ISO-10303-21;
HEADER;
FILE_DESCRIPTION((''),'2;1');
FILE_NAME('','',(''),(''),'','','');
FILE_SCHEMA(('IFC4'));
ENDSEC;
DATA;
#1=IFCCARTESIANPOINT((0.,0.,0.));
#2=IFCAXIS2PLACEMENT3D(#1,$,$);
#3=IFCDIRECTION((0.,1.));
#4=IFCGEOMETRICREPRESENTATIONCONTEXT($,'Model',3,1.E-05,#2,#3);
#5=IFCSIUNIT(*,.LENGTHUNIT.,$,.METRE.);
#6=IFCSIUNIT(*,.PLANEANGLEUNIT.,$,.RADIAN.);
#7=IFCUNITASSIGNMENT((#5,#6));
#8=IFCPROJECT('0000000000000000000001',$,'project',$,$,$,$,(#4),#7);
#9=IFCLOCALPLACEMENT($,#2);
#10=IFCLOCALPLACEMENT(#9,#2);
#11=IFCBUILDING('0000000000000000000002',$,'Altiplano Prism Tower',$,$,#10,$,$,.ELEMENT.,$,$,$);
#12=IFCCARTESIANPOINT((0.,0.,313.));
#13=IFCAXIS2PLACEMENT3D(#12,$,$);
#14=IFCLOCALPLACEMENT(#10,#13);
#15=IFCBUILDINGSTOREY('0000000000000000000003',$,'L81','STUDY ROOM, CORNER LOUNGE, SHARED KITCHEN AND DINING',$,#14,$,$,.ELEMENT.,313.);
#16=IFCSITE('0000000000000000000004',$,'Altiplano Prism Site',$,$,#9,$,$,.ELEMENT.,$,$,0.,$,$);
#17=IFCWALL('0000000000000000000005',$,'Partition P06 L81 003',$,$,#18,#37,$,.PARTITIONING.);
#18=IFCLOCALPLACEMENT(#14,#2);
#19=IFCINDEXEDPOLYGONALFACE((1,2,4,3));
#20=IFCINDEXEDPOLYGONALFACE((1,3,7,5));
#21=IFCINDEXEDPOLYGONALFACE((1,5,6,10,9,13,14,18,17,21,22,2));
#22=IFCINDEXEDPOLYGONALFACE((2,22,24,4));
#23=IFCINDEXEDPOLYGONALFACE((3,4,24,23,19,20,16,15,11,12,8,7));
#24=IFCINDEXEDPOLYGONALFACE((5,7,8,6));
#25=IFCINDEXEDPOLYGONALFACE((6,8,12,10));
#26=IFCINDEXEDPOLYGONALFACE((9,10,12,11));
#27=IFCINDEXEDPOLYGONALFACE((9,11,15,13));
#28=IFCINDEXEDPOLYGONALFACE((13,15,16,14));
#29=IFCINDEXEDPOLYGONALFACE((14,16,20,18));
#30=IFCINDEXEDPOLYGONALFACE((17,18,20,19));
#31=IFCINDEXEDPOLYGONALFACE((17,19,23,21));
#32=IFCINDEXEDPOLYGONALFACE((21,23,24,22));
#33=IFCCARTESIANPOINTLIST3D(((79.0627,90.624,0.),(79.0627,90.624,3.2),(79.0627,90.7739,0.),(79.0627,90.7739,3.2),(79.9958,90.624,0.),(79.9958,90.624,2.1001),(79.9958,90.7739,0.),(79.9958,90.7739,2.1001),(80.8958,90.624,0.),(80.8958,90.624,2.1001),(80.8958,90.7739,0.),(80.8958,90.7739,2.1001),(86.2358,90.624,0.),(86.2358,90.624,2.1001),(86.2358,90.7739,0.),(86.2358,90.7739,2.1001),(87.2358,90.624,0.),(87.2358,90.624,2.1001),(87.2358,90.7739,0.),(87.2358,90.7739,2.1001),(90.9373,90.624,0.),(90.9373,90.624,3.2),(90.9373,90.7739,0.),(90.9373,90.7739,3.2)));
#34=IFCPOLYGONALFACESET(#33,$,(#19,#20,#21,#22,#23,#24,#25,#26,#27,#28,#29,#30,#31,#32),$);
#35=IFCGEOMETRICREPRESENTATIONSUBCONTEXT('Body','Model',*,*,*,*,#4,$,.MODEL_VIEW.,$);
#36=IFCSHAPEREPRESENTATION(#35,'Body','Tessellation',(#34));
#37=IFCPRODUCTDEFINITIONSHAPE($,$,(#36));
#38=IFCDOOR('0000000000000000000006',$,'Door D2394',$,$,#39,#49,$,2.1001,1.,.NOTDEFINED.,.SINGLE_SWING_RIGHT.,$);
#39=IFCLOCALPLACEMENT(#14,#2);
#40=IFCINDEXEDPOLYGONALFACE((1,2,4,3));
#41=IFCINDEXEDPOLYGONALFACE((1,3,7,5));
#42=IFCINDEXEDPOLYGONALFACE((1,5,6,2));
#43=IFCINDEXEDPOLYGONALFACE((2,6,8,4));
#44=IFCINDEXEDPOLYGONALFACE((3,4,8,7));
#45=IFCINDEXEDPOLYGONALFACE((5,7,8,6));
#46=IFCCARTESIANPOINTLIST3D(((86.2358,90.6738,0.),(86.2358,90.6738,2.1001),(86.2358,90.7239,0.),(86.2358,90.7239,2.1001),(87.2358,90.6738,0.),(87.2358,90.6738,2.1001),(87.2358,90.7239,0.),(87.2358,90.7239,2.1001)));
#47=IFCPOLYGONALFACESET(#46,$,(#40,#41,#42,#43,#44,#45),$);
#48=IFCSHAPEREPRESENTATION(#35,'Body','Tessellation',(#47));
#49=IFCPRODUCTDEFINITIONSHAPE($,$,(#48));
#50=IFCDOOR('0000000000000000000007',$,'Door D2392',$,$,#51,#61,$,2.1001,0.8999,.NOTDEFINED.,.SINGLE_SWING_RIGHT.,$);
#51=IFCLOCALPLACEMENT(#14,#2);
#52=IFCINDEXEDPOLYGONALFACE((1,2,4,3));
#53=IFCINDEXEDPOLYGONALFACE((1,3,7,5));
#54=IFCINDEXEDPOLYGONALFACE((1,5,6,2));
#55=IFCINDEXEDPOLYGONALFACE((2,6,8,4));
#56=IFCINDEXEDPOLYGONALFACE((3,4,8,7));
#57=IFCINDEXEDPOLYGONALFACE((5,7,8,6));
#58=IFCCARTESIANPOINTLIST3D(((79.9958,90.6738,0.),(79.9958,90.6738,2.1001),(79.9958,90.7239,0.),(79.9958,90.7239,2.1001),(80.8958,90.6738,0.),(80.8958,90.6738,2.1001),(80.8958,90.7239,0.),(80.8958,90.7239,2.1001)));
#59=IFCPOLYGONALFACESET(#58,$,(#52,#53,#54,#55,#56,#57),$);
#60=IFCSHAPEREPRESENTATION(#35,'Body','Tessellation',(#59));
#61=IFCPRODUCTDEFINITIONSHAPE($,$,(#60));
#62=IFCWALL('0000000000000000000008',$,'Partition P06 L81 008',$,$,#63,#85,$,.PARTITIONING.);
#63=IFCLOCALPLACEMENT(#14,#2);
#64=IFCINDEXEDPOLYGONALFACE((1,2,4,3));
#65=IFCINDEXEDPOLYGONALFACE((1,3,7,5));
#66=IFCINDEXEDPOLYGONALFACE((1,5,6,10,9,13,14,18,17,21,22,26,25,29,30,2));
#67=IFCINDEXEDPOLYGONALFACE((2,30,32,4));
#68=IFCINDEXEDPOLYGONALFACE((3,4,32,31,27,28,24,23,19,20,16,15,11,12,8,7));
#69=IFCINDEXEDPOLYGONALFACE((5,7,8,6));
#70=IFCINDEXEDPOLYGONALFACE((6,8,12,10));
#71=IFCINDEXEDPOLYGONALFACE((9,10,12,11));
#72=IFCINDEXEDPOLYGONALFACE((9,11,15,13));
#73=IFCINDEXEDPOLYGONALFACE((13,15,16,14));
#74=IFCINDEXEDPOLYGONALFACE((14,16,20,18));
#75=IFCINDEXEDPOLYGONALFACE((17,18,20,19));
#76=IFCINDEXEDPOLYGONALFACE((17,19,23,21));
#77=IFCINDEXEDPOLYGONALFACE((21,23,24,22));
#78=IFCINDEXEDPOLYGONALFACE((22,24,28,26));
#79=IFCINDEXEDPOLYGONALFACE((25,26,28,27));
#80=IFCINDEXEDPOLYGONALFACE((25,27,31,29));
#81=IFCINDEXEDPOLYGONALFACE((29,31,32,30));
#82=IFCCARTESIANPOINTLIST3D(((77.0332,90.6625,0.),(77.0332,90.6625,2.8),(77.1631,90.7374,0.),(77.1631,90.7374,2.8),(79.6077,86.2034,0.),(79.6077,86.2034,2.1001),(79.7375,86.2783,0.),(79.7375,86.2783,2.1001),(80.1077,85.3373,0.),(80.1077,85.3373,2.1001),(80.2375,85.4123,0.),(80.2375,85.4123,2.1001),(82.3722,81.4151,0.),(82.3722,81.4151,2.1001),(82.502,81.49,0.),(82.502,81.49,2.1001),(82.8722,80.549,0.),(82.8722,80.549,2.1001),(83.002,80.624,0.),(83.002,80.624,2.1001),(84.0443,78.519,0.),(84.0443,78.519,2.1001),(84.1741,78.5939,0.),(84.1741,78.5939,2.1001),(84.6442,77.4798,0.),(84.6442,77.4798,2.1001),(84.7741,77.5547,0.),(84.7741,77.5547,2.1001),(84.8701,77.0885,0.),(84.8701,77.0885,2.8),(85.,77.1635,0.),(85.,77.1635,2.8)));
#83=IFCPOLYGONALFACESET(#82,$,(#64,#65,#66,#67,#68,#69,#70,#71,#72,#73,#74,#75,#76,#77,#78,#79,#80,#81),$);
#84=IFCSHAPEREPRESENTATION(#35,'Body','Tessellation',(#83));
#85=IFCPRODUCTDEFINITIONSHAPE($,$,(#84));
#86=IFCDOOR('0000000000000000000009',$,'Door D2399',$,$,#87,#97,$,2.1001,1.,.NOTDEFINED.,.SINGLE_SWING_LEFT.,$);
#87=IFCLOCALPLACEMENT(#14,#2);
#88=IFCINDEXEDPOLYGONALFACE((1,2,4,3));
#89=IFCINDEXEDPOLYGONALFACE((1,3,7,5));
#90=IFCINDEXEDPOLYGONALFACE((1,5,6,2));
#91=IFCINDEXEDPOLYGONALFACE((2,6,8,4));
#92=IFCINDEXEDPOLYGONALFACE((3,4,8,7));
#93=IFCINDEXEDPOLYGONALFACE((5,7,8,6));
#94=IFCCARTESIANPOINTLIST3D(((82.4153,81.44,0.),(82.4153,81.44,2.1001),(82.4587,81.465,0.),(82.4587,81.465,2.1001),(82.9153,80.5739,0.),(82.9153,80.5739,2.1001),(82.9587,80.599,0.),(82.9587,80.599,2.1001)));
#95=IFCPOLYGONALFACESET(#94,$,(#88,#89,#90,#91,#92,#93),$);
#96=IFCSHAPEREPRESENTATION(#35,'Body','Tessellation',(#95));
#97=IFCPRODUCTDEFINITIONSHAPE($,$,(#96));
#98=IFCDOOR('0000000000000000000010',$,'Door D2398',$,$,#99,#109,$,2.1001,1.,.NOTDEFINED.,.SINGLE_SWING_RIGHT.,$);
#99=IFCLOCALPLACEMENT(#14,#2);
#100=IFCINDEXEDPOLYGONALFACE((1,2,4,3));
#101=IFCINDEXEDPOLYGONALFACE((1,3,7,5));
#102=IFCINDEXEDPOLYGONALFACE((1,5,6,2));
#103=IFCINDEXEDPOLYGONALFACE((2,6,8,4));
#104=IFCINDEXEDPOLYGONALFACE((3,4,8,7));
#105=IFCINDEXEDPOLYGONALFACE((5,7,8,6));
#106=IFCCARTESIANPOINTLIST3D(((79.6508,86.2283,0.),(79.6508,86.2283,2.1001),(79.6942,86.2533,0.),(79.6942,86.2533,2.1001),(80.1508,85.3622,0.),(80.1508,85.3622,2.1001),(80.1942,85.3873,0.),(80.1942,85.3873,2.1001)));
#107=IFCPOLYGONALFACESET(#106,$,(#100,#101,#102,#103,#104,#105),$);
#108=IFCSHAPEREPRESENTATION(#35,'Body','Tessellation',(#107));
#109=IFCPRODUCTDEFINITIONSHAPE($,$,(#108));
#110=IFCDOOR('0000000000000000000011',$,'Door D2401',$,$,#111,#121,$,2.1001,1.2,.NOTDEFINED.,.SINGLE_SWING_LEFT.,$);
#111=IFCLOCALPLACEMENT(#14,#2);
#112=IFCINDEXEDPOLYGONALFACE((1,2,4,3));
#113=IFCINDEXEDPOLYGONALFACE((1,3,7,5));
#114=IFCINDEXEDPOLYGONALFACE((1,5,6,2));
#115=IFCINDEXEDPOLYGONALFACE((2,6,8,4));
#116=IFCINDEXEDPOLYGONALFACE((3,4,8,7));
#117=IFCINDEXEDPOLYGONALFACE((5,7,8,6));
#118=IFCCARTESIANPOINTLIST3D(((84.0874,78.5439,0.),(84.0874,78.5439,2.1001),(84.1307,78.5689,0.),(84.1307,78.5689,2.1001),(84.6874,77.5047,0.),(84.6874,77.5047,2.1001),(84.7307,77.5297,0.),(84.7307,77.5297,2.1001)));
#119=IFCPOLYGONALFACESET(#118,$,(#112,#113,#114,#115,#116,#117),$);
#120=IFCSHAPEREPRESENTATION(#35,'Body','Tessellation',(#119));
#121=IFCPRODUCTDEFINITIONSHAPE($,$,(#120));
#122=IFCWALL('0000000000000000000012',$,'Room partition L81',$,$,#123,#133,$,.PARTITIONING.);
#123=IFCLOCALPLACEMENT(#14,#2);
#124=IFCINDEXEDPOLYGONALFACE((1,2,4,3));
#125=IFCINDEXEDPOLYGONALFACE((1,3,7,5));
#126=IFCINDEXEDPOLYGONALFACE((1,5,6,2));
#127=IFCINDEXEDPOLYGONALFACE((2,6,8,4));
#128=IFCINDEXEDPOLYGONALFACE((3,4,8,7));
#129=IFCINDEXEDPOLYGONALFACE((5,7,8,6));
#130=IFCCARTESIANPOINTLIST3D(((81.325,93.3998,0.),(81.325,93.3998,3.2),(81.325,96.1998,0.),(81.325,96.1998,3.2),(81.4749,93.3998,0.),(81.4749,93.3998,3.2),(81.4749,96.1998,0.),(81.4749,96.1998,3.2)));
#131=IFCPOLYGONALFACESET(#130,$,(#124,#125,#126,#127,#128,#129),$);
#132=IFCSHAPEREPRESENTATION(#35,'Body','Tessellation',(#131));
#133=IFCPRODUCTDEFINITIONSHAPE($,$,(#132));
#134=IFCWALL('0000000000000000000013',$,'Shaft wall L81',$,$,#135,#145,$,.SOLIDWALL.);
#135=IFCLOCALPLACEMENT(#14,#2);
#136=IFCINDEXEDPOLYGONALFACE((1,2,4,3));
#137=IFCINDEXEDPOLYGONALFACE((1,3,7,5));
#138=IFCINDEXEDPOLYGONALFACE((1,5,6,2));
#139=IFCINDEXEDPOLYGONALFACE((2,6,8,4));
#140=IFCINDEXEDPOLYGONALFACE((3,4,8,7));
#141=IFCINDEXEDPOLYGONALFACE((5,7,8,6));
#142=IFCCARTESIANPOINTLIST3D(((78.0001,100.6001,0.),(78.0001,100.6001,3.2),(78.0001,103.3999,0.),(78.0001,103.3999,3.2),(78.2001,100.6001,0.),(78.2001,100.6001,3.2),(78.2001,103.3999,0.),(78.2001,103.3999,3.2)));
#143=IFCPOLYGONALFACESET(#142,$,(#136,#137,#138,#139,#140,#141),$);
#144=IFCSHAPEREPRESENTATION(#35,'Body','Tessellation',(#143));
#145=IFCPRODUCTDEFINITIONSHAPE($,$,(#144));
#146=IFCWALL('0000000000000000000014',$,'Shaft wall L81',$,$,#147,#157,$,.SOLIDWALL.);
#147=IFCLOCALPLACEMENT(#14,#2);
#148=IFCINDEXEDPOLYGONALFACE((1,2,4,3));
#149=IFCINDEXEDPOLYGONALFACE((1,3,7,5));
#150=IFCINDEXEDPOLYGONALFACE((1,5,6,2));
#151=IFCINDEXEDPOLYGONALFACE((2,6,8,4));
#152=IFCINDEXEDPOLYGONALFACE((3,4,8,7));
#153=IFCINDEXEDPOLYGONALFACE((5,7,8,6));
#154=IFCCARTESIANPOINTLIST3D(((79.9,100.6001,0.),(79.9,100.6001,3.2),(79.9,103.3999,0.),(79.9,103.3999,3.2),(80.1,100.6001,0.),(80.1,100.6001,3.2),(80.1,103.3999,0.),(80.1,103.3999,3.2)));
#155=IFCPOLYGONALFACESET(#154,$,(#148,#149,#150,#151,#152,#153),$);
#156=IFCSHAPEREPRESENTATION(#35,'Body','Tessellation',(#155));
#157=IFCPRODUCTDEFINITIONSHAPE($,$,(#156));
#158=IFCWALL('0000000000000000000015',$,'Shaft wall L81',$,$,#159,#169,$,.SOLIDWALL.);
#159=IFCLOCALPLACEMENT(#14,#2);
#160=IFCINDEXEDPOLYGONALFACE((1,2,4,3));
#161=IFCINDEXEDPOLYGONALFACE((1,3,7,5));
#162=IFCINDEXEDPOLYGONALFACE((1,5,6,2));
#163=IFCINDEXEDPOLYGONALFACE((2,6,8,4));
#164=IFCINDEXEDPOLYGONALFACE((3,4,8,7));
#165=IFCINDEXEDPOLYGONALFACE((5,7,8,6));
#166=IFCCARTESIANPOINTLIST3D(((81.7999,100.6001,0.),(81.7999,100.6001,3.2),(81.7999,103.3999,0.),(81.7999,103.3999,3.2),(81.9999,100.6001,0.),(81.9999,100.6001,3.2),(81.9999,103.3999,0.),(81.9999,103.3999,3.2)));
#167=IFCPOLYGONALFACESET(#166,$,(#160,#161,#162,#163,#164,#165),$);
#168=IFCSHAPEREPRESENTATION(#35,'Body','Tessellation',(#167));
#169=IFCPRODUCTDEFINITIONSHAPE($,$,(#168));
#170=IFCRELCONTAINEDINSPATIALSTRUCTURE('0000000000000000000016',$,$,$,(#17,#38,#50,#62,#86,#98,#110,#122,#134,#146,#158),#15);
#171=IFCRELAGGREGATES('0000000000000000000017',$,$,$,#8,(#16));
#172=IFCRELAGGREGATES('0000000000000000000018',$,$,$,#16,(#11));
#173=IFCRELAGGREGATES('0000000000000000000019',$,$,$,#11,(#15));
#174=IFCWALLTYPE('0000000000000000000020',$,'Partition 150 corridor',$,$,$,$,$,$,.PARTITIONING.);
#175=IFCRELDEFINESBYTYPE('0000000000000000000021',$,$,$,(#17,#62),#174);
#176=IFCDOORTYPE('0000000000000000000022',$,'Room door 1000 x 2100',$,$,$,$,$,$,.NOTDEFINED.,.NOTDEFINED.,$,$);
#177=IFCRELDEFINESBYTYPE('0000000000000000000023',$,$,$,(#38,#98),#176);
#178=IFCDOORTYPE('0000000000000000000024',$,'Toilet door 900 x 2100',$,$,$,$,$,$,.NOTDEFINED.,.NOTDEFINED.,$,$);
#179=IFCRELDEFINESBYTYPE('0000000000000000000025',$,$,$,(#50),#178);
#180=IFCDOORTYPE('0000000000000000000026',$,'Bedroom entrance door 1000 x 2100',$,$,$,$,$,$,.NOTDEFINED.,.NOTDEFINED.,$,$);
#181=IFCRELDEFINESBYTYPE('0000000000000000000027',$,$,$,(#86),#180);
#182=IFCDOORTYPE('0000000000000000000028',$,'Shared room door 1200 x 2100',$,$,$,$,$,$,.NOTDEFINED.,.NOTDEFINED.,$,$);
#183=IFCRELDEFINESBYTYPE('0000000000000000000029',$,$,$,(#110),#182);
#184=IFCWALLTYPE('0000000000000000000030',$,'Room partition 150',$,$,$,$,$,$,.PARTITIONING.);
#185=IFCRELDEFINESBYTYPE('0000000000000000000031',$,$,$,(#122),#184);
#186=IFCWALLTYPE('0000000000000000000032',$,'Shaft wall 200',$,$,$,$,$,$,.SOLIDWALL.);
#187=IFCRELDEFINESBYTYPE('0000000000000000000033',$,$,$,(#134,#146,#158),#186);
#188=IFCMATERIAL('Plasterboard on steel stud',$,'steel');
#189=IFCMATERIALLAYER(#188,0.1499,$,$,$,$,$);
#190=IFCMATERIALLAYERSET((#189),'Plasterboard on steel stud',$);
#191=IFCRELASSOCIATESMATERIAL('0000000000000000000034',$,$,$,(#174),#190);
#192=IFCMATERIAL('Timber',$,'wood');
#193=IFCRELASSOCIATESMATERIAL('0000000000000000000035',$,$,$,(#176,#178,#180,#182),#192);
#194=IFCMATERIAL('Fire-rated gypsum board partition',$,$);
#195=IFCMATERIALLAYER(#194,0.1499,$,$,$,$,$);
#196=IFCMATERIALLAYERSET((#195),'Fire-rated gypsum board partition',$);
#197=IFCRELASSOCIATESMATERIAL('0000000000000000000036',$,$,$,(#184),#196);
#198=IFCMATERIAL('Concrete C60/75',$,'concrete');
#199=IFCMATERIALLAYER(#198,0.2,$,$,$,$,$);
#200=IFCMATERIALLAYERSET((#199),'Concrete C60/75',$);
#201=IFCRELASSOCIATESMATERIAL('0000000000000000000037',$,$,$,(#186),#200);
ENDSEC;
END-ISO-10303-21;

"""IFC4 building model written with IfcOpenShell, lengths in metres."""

from ifc_helpers import new_model, si_unit, direction, frame, frame_2d, origin, place, context, subcontext, project, spatial, rectangle, extrude, material, layer, layer_set, type_object, element, fill, save


model = new_model("IFC4")

# Units and contexts
model_context = context("Model", 3, precision=1e-05, world=origin(), true_north=direction((0.0, 1.0)))
body_context = subcontext(model_context, "Body", "Model", "MODEL_VIEW")
ifc_project = project(units=[si_unit("LENGTHUNIT", "METRE"), si_unit("PLANEANGLEUNIT", "RADIAN")], contexts=[model_context])

# Site, building, storey
site_placement = place(None, origin())
site = spatial("IfcSite", under=ifc_project, at=site_placement, Name="Altiplano Prism Site", CompositionType="ELEMENT", RefElevation=0.0)
building_placement = place(site_placement, origin())
building = spatial("IfcBuilding", under=site, at=building_placement, Name="Altiplano Prism Tower", CompositionType="ELEMENT")
storey_placement = place(building_placement, frame((0.0, 0.0, 313.0)))
storey = spatial("IfcBuildingStorey", under=building, at=storey_placement, Name="L81", Description="STUDY ROOM, CORNER LOUNGE, SHARED KITCHEN AND DINING", CompositionType="ELEMENT", Elevation=313.0)

# Walls, openings, doors
ifc_material_1 = material(Name="Plasterboard on steel stud", Category="steel")
ifc_layer_1 = layer(ifc_material_1, 0.1499)
ifc_layer_set_1 = layer_set([ifc_layer_1], Name="Plasterboard on steel stud")
wall_type_1 = type_object("IfcWallType", Name="Partition 150 corridor", PredefinedType="PARTITIONING", material=ifc_layer_set_1)
wall_1_placement = place(storey_placement, frame((79.0627, 90.699, 0.0), z_axis=(0.0, 0.0, 1.0), x_axis=(1.0, 0.0, 0.0)))
wall_1 = element("IfcWall", 1, at=wall_1_placement, inside=storey, type_object=wall_type_1, Name="Partition P06 L81 003", PredefinedType="PARTITIONING", context=body_context, shape_type="SweptSolid", body=[
    extrude(rectangle(XDim=11.8745, YDim=0.1499, at=frame_2d((5.9373, 0.0))), origin(), (0.0, 0.0, 1.0), 3.2),
])
opening_1_placement = place(wall_1_placement, frame((0.9331, 0.0, 0.0)))
opening_1 = element("IfcOpeningElement", 2, at=opening_1_placement, cuts=wall_1, PredefinedType="OPENING", context=body_context, shape_type="SweptSolid", body=[
    extrude(rectangle(XDim=0.8999, YDim=2.1001, at=frame_2d((0.45, 1.05))), frame((0.0, 0.0854, 0.0), z_axis=(0.0, -1.0, 0.0), x_axis=(1.0, 0.0, 0.0)), (0.0, 0.0, 1.0), 0.1709),
])
opening_2_placement = place(wall_1_placement, frame((7.1731, 0.0, 0.0)))
opening_2 = element("IfcOpeningElement", 3, at=opening_2_placement, cuts=wall_1, PredefinedType="OPENING", context=body_context, shape_type="SweptSolid", body=[
    extrude(rectangle(XDim=1.0, YDim=2.1001, at=frame_2d((0.5, 1.05))), frame((0.0, 0.0854, 0.0), z_axis=(0.0, -1.0, 0.0), x_axis=(1.0, 0.0, 0.0)), (0.0, 0.0, 1.0), 0.1709),
])
ifc_material_2 = material(Name="Timber", Category="wood")
door_type_1 = type_object("IfcDoorType", Name="Room door 1000 x 2100", OperationType="NOTDEFINED", PredefinedType="NOTDEFINED", material=ifc_material_2)
door_1_placement = place(opening_2_placement, origin())
door_1 = element("IfcDoor", 4, at=door_1_placement, inside=storey, type_object=door_type_1, Name="Door D2394", OperationType="SINGLE_SWING_RIGHT", OverallHeight=2.1001, OverallWidth=1.0, PredefinedType="NOTDEFINED", context=body_context, shape_type="SweptSolid", body=[
    extrude(rectangle(XDim=1.0, YDim=2.1001, at=frame_2d((0.5, 1.05))), frame((0.0, 0.0249, 0.0), z_axis=(0.0, -1.0, 0.0), x_axis=(1.0, 0.0, 0.0)), (0.0, 0.0, 1.0), 0.05),
])
fill(opening_2, door_1)
door_type_2 = type_object("IfcDoorType", Name="Toilet door 900 x 2100", OperationType="NOTDEFINED", PredefinedType="NOTDEFINED", material=ifc_material_2)
door_2_placement = place(opening_1_placement, origin())
door_2 = element("IfcDoor", 5, at=door_2_placement, inside=storey, type_object=door_type_2, Name="Door D2392", OperationType="SINGLE_SWING_RIGHT", OverallHeight=2.1001, OverallWidth=0.8999, PredefinedType="NOTDEFINED", context=body_context, shape_type="SweptSolid", body=[
    extrude(rectangle(XDim=0.8999, YDim=2.1001, at=frame_2d((0.45, 1.05))), frame((0.0, 0.0249, 0.0), z_axis=(0.0, -1.0, 0.0), x_axis=(1.0, 0.0, 0.0)), (0.0, 0.0, 1.0), 0.05),
])
fill(opening_1, door_2)
wall_2_placement = place(storey_placement, frame((77.0981, 90.7, 0.0), z_axis=(0.0, 0.0, 1.0), x_axis=(0.499999, -0.866026, 0.0)))
wall_2 = element("IfcWall", 6, at=wall_2_placement, inside=storey, type_object=wall_type_1, Name="Partition P06 L81 008", PredefinedType="PARTITIONING", context=body_context, shape_type="SweptSolid", body=[
    extrude(rectangle(XDim=15.6738, YDim=0.1499, at=frame_2d((7.8369, 0.0))), origin(), (0.0, 0.0, 1.0), 2.8),
])
opening_3_placement = place(wall_2_placement, frame((5.1489, 0.0, 0.0)))
opening_3 = element("IfcOpeningElement", 7, at=opening_3_placement, cuts=wall_2, PredefinedType="OPENING", context=body_context, shape_type="SweptSolid", body=[
    extrude(rectangle(XDim=1.0, YDim=2.1001, at=frame_2d((0.5, 1.05))), frame((0.0, 0.0854, 0.0), z_axis=(0.0, -1.0, 0.0), x_axis=(1.0, 0.0, 0.0)), (0.0, 0.0, 1.0), 0.1709),
])
opening_4_placement = place(wall_2_placement, frame((10.678, 0.0, 0.0)))
opening_4 = element("IfcOpeningElement", 8, at=opening_4_placement, cuts=wall_2, PredefinedType="OPENING", context=body_context, shape_type="SweptSolid", body=[
    extrude(rectangle(XDim=1.0, YDim=2.1001, at=frame_2d((0.5, 1.05))), frame((0.0, 0.0854, 0.0), z_axis=(0.0, -1.0, 0.0), x_axis=(1.0, 0.0, 0.0)), (0.0, 0.0, 1.0), 0.1709),
])
opening_5_placement = place(wall_2_placement, frame((14.022, 0.0, 0.0)))
opening_5 = element("IfcOpeningElement", 9, at=opening_5_placement, cuts=wall_2, PredefinedType="OPENING", context=body_context, shape_type="SweptSolid", body=[
    extrude(rectangle(XDim=1.2, YDim=2.1001, at=frame_2d((0.6001, 1.05))), frame((0.0, 0.0854, 0.0), z_axis=(0.0, -1.0, 0.0), x_axis=(1.0, 0.0, 0.0)), (0.0, 0.0, 1.0), 0.1709),
])
door_type_3 = type_object("IfcDoorType", Name="Bedroom entrance door 1000 x 2100", OperationType="NOTDEFINED", PredefinedType="NOTDEFINED", material=ifc_material_2)
door_3_placement = place(opening_4_placement, origin())
door_3 = element("IfcDoor", 10, at=door_3_placement, inside=storey, type_object=door_type_3, Name="Door D2399", OperationType="SINGLE_SWING_LEFT", OverallHeight=2.1001, OverallWidth=1.0, PredefinedType="NOTDEFINED", context=body_context, shape_type="SweptSolid", body=[
    extrude(rectangle(XDim=1.0, YDim=2.1001, at=frame_2d((0.5, 1.05))), frame((0.0, 0.0249, 0.0), z_axis=(0.0, -1.0, 0.0), x_axis=(1.0, 0.0, 0.0)), (0.0, 0.0, 1.0), 0.05),
])
fill(opening_4, door_3)
door_4_placement = place(opening_3_placement, origin())
door_4 = element("IfcDoor", 11, at=door_4_placement, inside=storey, type_object=door_type_1, Name="Door D2398", OperationType="SINGLE_SWING_RIGHT", OverallHeight=2.1001, OverallWidth=1.0, PredefinedType="NOTDEFINED", context=body_context, shape_type="SweptSolid", body=[
    extrude(rectangle(XDim=1.0, YDim=2.1001, at=frame_2d((0.5, 1.05))), frame((0.0, 0.0249, 0.0), z_axis=(0.0, -1.0, 0.0), x_axis=(1.0, 0.0, 0.0)), (0.0, 0.0, 1.0), 0.05),
])
fill(opening_3, door_4)
door_type_4 = type_object("IfcDoorType", Name="Shared room door 1200 x 2100", OperationType="NOTDEFINED", PredefinedType="NOTDEFINED", material=ifc_material_2)
door_5_placement = place(opening_5_placement, origin())
door_5 = element("IfcDoor", 12, at=door_5_placement, inside=storey, type_object=door_type_4, Name="Door D2401", OperationType="SINGLE_SWING_LEFT", OverallHeight=2.1001, OverallWidth=1.2, PredefinedType="NOTDEFINED", context=body_context, shape_type="SweptSolid", body=[
    extrude(rectangle(XDim=1.2, YDim=2.1001, at=frame_2d((0.6001, 1.05))), frame((0.0, 0.0249, 0.0), z_axis=(0.0, -1.0, 0.0), x_axis=(1.0, 0.0, 0.0)), (0.0, 0.0, 1.0), 0.05),
])
fill(opening_5, door_5)

# Walls
ifc_material_3 = material(Name="Fire-rated gypsum board partition")
ifc_layer_2 = layer(ifc_material_3, 0.1499)
ifc_layer_set_2 = layer_set([ifc_layer_2], Name="Fire-rated gypsum board partition")
wall_type_2 = type_object("IfcWallType", Name="Room partition 150", PredefinedType="PARTITIONING", material=ifc_layer_set_2)
wall_3_placement = place(storey_placement, frame((81.3999, 93.3999, 0.0), z_axis=(0.0, 0.0, 1.0), x_axis=(0.0, 1.0, 0.0)))
element("IfcWall", 13, at=wall_3_placement, inside=storey, type_object=wall_type_2, Name="Room partition L81", PredefinedType="PARTITIONING", context=body_context, shape_type="SweptSolid", body=[
    extrude(rectangle(XDim=2.8, YDim=0.1499, at=frame_2d((1.3999, 0.0))), origin(), (0.0, 0.0, 1.0), 3.2),
])
ifc_material_4 = material(Name="Concrete C60/75", Category="concrete")
ifc_layer_3 = layer(ifc_material_4, 0.2)
ifc_layer_set_3 = layer_set([ifc_layer_3], Name="Concrete C60/75")
wall_type_3 = type_object("IfcWallType", Name="Shaft wall 200", PredefinedType="SOLIDWALL", material=ifc_layer_set_3)
for number, where, z_axis, x_axis, name in (
    (14, (78.1001, 100.6001, 0.0), (0.0, 0.0, 1.0), (0.0, 1.0, 0.0), "Shaft wall L81"),
    (15, (80.0, 100.6001, 0.0), (0.0, 0.0, 1.0), (0.0, 1.0, 0.0), "Shaft wall L81"),
    (16, (81.8999, 100.6001, 0.0), (0.0, 0.0, 1.0), (0.0, 1.0, 0.0), "Shaft wall L81"),
):
    element("IfcWall", number, at=place(storey_placement, frame(where, z_axis=z_axis, x_axis=x_axis)), inside=storey, type_object=wall_type_3, Name=name, PredefinedType="SOLIDWALL", context=body_context, shape_type="SweptSolid", body=[
        extrude(rectangle(XDim=2.7998, YDim=0.2, at=frame_2d((1.3999, 0.0))), origin(), (0.0, 0.0, 1.0), 3.2),
    ])

save(model, "model.ifc")
